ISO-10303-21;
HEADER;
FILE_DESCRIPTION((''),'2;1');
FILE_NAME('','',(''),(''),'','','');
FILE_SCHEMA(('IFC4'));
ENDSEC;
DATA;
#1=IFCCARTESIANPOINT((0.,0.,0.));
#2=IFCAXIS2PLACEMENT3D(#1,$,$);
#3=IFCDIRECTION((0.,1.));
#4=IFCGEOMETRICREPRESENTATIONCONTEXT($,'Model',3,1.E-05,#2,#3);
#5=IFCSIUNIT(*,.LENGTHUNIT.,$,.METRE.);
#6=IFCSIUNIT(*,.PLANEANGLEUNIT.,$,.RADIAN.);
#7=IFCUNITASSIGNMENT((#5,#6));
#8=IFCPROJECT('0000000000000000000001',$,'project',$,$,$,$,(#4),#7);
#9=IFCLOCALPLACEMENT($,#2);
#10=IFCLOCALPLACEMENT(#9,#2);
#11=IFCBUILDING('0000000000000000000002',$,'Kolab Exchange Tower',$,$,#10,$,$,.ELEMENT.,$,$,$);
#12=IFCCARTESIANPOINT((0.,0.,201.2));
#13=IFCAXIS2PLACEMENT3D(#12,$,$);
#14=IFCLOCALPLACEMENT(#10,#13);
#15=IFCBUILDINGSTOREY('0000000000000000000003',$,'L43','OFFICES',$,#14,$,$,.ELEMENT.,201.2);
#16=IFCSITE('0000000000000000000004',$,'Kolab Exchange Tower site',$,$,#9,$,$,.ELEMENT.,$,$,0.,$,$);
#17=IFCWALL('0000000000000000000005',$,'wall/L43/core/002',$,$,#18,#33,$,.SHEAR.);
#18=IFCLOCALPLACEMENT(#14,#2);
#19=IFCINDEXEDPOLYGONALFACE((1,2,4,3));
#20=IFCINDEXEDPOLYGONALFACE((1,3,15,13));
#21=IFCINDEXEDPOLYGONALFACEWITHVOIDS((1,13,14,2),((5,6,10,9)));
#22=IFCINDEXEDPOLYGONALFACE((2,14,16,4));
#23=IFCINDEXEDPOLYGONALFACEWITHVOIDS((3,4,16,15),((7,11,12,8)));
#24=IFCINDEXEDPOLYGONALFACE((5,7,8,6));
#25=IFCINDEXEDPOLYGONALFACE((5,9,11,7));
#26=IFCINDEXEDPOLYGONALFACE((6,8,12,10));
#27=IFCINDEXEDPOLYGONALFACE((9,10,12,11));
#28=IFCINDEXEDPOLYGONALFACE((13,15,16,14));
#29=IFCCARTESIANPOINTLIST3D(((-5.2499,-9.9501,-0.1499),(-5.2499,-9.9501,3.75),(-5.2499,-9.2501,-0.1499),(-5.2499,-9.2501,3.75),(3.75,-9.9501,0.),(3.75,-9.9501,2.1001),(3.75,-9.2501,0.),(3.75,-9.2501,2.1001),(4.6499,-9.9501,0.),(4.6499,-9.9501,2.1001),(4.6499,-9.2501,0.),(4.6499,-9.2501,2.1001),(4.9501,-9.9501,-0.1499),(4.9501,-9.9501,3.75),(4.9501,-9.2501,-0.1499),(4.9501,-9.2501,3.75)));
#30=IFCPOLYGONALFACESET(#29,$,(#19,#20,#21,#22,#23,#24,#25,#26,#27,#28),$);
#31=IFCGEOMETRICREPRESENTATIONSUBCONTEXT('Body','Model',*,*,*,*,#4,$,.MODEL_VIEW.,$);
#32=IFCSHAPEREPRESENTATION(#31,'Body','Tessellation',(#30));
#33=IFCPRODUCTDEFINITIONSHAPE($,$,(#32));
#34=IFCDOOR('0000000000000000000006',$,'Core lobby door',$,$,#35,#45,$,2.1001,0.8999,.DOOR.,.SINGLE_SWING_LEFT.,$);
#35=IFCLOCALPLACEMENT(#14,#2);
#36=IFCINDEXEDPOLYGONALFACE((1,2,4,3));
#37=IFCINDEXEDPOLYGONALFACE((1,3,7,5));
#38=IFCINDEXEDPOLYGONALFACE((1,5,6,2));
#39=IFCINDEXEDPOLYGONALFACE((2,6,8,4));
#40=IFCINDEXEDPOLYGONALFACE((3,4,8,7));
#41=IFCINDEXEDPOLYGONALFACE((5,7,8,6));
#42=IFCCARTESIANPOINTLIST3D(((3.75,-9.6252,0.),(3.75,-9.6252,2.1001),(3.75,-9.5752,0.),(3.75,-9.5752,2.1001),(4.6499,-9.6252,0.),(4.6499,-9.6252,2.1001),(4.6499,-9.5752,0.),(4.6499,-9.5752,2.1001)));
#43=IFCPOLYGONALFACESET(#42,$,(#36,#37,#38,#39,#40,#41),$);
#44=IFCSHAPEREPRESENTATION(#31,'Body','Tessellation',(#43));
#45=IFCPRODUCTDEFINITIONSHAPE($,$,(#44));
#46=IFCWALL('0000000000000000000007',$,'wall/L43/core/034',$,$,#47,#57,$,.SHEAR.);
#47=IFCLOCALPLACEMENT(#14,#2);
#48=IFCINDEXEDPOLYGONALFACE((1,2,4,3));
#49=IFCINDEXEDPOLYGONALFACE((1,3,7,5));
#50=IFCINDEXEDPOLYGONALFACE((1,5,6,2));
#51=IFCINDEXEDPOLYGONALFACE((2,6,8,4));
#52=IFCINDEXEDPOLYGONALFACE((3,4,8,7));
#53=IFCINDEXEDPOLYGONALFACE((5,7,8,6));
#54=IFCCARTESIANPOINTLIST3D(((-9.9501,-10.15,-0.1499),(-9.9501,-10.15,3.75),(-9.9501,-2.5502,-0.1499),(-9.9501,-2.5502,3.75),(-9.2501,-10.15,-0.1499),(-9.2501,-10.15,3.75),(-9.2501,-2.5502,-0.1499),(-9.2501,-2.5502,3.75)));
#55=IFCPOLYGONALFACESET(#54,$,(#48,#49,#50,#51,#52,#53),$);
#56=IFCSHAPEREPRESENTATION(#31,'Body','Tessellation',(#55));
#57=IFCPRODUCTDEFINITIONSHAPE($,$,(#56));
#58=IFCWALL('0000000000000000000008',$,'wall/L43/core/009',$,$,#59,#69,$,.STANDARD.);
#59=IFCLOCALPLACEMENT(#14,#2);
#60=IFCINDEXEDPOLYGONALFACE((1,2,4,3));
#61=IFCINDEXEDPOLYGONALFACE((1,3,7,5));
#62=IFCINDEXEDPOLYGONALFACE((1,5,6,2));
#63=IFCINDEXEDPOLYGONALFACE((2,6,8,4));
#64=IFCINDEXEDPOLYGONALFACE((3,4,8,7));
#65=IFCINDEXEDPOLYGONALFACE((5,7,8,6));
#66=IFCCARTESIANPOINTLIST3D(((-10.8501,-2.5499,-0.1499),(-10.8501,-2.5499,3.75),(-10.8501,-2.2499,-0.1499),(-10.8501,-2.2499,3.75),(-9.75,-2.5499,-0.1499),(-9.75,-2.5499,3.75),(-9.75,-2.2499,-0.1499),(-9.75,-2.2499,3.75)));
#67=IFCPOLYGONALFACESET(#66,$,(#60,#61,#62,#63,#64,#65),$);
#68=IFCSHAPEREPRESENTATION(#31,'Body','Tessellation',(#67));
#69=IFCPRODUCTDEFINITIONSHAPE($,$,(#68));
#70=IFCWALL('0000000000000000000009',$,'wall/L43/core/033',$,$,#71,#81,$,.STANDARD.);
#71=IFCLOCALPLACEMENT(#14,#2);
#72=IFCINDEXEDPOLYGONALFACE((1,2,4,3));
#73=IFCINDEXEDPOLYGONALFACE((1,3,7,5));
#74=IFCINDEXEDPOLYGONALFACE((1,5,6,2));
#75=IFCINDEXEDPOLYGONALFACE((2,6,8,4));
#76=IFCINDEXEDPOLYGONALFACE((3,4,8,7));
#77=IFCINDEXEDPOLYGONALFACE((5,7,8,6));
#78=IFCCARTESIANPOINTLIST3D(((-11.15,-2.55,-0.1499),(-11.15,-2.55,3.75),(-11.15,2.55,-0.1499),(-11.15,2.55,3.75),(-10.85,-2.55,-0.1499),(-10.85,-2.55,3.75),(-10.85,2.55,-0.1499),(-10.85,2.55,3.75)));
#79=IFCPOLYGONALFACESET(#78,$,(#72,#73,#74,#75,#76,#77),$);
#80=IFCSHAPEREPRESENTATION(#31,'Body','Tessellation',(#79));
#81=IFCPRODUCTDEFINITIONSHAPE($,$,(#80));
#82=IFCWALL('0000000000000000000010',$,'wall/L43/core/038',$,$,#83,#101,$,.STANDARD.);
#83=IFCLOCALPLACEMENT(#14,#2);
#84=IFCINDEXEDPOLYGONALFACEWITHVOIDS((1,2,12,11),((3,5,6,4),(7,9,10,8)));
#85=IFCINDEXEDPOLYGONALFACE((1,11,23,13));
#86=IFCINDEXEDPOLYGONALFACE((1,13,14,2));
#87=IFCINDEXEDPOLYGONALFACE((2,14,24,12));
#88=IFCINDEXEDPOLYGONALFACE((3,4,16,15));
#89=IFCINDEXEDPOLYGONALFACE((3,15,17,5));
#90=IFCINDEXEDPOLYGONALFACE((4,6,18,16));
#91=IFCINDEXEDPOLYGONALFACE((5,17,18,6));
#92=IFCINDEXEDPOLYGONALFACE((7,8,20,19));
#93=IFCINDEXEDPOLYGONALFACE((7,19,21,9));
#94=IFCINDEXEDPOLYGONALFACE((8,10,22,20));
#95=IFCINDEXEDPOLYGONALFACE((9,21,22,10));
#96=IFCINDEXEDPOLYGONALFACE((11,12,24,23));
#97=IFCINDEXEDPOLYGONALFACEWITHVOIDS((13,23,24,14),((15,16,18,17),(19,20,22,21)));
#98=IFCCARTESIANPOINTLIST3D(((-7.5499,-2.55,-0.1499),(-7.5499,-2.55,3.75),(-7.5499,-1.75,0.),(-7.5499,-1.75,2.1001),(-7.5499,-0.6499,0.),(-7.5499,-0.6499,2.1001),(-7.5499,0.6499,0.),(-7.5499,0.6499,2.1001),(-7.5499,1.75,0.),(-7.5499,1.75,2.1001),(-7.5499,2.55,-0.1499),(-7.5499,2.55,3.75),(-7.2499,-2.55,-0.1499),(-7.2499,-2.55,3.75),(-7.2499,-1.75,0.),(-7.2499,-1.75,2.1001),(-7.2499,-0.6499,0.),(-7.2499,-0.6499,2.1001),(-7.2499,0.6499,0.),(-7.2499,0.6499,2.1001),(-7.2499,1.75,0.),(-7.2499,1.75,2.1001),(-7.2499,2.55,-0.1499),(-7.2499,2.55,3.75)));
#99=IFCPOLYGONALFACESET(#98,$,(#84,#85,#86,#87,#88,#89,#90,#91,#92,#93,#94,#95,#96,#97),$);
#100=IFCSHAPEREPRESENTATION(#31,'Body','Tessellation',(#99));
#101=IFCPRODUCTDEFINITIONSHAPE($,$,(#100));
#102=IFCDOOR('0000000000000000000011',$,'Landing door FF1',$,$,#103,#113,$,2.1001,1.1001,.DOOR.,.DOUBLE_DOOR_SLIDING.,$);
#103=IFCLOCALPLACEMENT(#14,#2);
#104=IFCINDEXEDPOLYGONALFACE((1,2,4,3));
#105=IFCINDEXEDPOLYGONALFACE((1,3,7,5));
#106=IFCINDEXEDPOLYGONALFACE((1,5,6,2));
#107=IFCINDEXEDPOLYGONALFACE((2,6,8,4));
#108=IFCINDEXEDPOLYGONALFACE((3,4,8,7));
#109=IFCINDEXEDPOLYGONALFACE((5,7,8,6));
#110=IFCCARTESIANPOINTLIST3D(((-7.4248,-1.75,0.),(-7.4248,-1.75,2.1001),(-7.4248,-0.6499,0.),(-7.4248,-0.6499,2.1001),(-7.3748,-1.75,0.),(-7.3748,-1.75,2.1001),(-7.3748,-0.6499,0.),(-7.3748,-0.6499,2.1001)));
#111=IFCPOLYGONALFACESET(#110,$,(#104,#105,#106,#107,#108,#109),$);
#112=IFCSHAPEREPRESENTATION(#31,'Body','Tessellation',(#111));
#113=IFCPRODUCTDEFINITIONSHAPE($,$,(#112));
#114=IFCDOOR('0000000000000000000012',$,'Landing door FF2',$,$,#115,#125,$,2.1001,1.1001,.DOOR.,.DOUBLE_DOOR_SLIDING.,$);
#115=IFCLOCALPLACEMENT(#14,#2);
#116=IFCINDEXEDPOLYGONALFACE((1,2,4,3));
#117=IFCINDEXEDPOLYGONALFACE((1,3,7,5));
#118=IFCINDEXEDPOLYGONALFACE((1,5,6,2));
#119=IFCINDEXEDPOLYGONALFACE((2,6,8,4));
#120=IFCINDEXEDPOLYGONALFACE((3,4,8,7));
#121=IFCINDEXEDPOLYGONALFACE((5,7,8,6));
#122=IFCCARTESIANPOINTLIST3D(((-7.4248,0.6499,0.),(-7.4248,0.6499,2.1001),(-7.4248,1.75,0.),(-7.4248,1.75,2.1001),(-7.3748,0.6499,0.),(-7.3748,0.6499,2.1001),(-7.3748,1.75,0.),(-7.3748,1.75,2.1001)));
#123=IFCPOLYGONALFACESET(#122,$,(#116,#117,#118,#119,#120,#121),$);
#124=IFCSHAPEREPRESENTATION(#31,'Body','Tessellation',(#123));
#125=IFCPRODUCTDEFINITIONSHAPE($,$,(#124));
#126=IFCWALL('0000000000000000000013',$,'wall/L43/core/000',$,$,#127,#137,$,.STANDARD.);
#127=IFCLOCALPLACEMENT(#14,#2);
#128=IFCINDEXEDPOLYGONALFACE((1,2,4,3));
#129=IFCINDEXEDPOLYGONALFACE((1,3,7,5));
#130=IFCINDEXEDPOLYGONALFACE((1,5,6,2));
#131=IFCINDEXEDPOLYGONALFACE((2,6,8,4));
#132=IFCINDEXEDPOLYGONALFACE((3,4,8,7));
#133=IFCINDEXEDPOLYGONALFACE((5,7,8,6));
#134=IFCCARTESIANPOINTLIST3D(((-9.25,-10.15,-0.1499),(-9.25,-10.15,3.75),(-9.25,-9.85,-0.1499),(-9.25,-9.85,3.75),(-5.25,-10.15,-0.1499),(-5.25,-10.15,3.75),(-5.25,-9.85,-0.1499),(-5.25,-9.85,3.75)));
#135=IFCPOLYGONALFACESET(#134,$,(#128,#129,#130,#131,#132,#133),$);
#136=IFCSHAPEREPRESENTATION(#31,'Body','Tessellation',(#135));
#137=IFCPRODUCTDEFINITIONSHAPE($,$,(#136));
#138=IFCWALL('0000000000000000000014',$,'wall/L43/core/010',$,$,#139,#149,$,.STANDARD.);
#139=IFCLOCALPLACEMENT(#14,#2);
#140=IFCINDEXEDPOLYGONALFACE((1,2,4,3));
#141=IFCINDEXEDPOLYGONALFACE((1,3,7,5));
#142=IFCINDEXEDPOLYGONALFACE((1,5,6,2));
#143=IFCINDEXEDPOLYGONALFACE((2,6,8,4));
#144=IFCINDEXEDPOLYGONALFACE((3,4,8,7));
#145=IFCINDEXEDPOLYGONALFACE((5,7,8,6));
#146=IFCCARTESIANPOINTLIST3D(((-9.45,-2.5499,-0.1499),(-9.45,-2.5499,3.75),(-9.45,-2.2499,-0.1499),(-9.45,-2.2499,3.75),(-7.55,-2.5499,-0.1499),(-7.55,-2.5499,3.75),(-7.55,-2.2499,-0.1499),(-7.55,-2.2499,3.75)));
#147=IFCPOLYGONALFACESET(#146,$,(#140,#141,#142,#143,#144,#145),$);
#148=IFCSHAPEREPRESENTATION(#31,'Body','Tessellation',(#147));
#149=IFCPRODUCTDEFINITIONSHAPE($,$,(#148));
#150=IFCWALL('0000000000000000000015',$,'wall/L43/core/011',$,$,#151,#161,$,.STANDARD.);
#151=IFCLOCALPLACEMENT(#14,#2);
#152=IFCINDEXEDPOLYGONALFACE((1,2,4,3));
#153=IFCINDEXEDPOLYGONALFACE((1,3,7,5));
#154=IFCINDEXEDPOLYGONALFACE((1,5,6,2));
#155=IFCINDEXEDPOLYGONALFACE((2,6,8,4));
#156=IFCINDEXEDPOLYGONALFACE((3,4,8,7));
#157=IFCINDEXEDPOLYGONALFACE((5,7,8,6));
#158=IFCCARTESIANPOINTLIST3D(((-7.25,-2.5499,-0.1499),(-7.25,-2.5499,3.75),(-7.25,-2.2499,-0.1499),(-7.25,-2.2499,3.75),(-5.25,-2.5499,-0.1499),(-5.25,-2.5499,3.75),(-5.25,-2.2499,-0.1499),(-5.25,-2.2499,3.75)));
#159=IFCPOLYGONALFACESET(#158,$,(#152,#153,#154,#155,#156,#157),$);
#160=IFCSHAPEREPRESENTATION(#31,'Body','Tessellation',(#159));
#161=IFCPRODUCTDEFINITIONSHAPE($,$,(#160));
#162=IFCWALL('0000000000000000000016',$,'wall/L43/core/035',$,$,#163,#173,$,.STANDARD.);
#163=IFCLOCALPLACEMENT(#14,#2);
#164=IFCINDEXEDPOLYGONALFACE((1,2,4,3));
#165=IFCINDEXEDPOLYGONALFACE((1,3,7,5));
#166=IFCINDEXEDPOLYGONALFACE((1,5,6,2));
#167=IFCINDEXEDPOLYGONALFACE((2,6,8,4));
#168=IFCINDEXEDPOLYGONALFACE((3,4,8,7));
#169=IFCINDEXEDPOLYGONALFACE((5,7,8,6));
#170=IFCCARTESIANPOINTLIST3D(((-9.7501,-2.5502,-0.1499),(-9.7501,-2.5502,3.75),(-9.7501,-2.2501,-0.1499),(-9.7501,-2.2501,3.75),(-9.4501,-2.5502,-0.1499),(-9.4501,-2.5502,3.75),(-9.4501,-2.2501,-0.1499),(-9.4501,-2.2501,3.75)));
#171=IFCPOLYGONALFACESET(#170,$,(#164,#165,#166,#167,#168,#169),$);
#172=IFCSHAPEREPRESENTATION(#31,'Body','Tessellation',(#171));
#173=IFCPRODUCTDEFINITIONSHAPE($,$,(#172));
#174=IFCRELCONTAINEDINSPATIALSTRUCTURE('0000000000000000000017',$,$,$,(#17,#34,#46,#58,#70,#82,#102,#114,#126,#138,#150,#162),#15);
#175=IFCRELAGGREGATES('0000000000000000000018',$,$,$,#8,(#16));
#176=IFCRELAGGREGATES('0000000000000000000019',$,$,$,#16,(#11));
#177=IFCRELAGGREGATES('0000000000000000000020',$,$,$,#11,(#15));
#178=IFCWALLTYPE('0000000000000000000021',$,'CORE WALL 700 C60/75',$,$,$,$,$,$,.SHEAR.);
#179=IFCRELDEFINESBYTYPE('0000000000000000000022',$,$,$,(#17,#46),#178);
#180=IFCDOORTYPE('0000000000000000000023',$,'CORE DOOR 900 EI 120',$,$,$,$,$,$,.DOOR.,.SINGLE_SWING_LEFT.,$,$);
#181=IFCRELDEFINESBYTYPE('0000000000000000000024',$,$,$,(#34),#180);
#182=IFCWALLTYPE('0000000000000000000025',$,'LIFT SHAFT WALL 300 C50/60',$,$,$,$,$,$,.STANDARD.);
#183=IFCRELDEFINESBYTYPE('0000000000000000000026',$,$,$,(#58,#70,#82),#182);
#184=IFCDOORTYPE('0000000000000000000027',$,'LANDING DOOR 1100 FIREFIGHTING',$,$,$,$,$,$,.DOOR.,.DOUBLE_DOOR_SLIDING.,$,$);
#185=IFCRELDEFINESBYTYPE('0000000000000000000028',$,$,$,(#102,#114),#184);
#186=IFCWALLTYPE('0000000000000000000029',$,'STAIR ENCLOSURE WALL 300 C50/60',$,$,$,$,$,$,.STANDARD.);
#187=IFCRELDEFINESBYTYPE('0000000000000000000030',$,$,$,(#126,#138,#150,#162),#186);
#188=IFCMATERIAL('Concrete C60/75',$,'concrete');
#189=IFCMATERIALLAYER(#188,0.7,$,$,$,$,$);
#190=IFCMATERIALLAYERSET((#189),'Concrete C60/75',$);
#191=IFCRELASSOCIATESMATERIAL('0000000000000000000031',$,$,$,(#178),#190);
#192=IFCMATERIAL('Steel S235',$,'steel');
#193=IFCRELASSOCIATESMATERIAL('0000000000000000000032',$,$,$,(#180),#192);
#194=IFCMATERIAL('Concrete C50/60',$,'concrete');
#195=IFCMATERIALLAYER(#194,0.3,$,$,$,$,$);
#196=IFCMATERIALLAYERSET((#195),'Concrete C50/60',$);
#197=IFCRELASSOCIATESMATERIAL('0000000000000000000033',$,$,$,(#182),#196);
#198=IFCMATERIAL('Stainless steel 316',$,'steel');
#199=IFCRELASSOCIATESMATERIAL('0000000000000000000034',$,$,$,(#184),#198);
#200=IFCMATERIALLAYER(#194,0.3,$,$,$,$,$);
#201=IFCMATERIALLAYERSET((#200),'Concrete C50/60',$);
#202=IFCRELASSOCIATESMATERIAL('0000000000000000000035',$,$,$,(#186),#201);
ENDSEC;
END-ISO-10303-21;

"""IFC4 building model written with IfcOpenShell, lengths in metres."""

from ifc_helpers import new_model, si_unit, direction, frame, frame_2d, origin, place, context, subcontext, project, spatial, rectangle, extrude, material, layer, layer_set, type_object, element, fill, save


model = new_model("IFC4")

# Units and contexts
model_context = context("Model", 3, precision=1e-05, world=origin(), true_north=direction((0.0, 1.0)))
body_context = subcontext(model_context, "Body", "Model", "MODEL_VIEW")
ifc_project = project(units=[si_unit("LENGTHUNIT", "METRE"), si_unit("PLANEANGLEUNIT", "RADIAN")], contexts=[model_context])

# Site, building, storey
site_placement = place(None, origin())
site = spatial("IfcSite", under=ifc_project, at=site_placement, Name="Kolab Exchange Tower site", CompositionType="ELEMENT", RefElevation=0.0)
building_placement = place(site_placement, origin())
building = spatial("IfcBuilding", under=site, at=building_placement, Name="Kolab Exchange Tower", CompositionType="ELEMENT")
storey_placement = place(building_placement, frame((0.0, 0.0, 201.2)))
storey = spatial("IfcBuildingStorey", under=building, at=storey_placement, Name="L43", Description="OFFICES", CompositionType="ELEMENT", Elevation=201.2)

# Wall, opening, door
ifc_material_1 = material(Name="Concrete C60/75", Category="concrete")
ifc_layer_1 = layer(ifc_material_1, 0.7)
ifc_layer_set_1 = layer_set([ifc_layer_1], Name="Concrete C60/75")
wall_type_1 = type_object("IfcWallType", Name="CORE WALL 700 C60/75", PredefinedType="SHEAR", material=ifc_layer_set_1)
wall_1_placement = place(storey_placement, frame((-5.25, -9.6001, -0.1499), z_axis=(0.0, 0.0, 1.0), x_axis=(1.0, 0.0, 0.0)))
wall_1 = element("IfcWall", 1, at=wall_1_placement, inside=storey, type_object=wall_type_1, Name="wall/L43/core/002", PredefinedType="SHEAR", context=body_context, shape_type="SweptSolid", body=[
    extrude(rectangle(XDim=10.2, YDim=0.7, at=frame_2d((5.1001, 0.0))), origin(), (0.0, 0.0, 1.0), 3.8999),
])
opening_1_placement = place(wall_1_placement, frame((9.0, 0.0, 0.1499)))
opening_1 = element("IfcOpeningElement", 2, at=opening_1_placement, cuts=wall_1, PredefinedType="OPENING", context=body_context, shape_type="SweptSolid", body=[
    extrude(rectangle(XDim=0.8999, YDim=2.1001, at=frame_2d((0.45, 1.05))), frame((0.0, 0.3599, 0.0), z_axis=(0.0, -1.0, 0.0), x_axis=(1.0, 0.0, 0.0)), (0.0, 0.0, 1.0), 0.72),
])
ifc_material_2 = material(Name="Steel S235", Category="steel")
door_type_1 = type_object("IfcDoorType", Name="CORE DOOR 900 EI 120", OperationType="SINGLE_SWING_LEFT", PredefinedType="DOOR", material=ifc_material_2)
door_1_placement = place(opening_1_placement, origin())
door_1 = element("IfcDoor", 3, at=door_1_placement, inside=storey, type_object=door_type_1, Name="Core lobby door", OperationType="SINGLE_SWING_LEFT", OverallHeight=2.1001, OverallWidth=0.8999, PredefinedType="DOOR", context=body_context, shape_type="SweptSolid", body=[
    extrude(rectangle(XDim=0.8999, YDim=2.1001, at=frame_2d((0.45, 1.05))), frame((0.0, 0.0249, 0.0), z_axis=(0.0, -1.0, 0.0), x_axis=(1.0, 0.0, 0.0)), (0.0, 0.0, 1.0), 0.05),
])
fill(opening_1, door_1)

# Walls
wall_2_placement = place(storey_placement, frame((-9.6001, -10.1499, -0.1499), z_axis=(0.0, 0.0, 1.0), x_axis=(0.0, 1.0, 0.0)))
element("IfcWall", 4, at=wall_2_placement, inside=storey, type_object=wall_type_1, Name="wall/L43/core/034", PredefinedType="SHEAR", context=body_context, shape_type="SweptSolid", body=[
    extrude(rectangle(XDim=7.5999, YDim=0.7, at=frame_2d((3.7998, 0.0))), origin(), (0.0, 0.0, 1.0), 3.8999),
])
ifc_material_3 = material(Name="Concrete C50/60", Category="concrete")
ifc_layer_2 = layer(ifc_material_3, 0.3)
ifc_layer_set_2 = layer_set([ifc_layer_2], Name="Concrete C50/60")
wall_type_2 = type_object("IfcWallType", Name="LIFT SHAFT WALL 300 C50/60", PredefinedType="STANDARD", material=ifc_layer_set_2)
wall_3_placement = place(storey_placement, frame((-10.8501, -2.3999, -0.1499), z_axis=(0.0, 0.0, 1.0), x_axis=(1.0, 0.0, 0.0)))
element("IfcWall", 5, at=wall_3_placement, inside=storey, type_object=wall_type_2, Name="wall/L43/core/009", PredefinedType="STANDARD", context=body_context, shape_type="SweptSolid", body=[
    extrude(rectangle(XDim=1.1001, YDim=0.3, at=frame_2d((0.55, 0.0))), origin(), (0.0, 0.0, 1.0), 3.8999),
])
wall_4_placement = place(storey_placement, frame((-11.0, -2.55, -0.1499), z_axis=(0.0, 0.0, 1.0), x_axis=(0.0, 1.0, 0.0)))
element("IfcWall", 6, at=wall_4_placement, inside=storey, type_object=wall_type_2, Name="wall/L43/core/033", PredefinedType="STANDARD", context=body_context, shape_type="SweptSolid", body=[
    extrude(rectangle(XDim=5.1001, YDim=0.3, at=frame_2d((2.55, 0.0))), origin(), (0.0, 0.0, 1.0), 3.8999),
])

# Wall, openings, doors
wall_5_placement = place(storey_placement, frame((-7.3999, -2.55, -0.1499), z_axis=(0.0, 0.0, 1.0), x_axis=(0.0, 1.0, 0.0)))
wall_5 = element("IfcWall", 7, at=wall_5_placement, inside=storey, type_object=wall_type_2, Name="wall/L43/core/038", PredefinedType="STANDARD", context=body_context, shape_type="SweptSolid", body=[
    extrude(rectangle(XDim=5.1001, YDim=0.3, at=frame_2d((2.55, 0.0))), origin(), (0.0, 0.0, 1.0), 3.8999),
])
opening_2_placement = place(wall_5_placement, frame((0.8, 0.0, 0.1499)))
opening_2 = element("IfcOpeningElement", 8, at=opening_2_placement, cuts=wall_5, PredefinedType="OPENING", context=body_context, shape_type="SweptSolid", body=[
    extrude(rectangle(XDim=1.1001, YDim=2.1001, at=frame_2d((0.55, 1.05))), frame((0.0, 0.1602, 0.0), z_axis=(0.0, -1.0, 0.0), x_axis=(1.0, 0.0, 0.0)), (0.0, 0.0, 1.0), 0.3201),
])
opening_3_placement = place(wall_5_placement, frame((3.2, 0.0, 0.1499)))
opening_3 = element("IfcOpeningElement", 9, at=opening_3_placement, cuts=wall_5, PredefinedType="OPENING", context=body_context, shape_type="SweptSolid", body=[
    extrude(rectangle(XDim=1.1001, YDim=2.1001, at=frame_2d((0.55, 1.05))), frame((0.0, 0.1602, 0.0), z_axis=(0.0, -1.0, 0.0), x_axis=(1.0, 0.0, 0.0)), (0.0, 0.0, 1.0), 0.3201),
])
ifc_material_4 = material(Name="Stainless steel 316", Category="steel")
door_type_2 = type_object("IfcDoorType", Name="LANDING DOOR 1100 FIREFIGHTING", OperationType="DOUBLE_DOOR_SLIDING", PredefinedType="DOOR", material=ifc_material_4)
door_2_placement = place(opening_2_placement, origin())
door_2 = element("IfcDoor", 10, at=door_2_placement, inside=storey, type_object=door_type_2, Name="Landing door FF1", OperationType="DOUBLE_DOOR_SLIDING", OverallHeight=2.1001, OverallWidth=1.1001, PredefinedType="DOOR", context=body_context, shape_type="SweptSolid", body=[
    extrude(rectangle(XDim=1.1001, YDim=2.1001, at=frame_2d((0.55, 1.05))), frame((0.0, 0.0249, 0.0), z_axis=(0.0, -1.0, 0.0), x_axis=(1.0, 0.0, 0.0)), (0.0, 0.0, 1.0), 0.05),
])
fill(opening_2, door_2)
door_3_placement = place(opening_3_placement, origin())
door_3 = element("IfcDoor", 11, at=door_3_placement, inside=storey, type_object=door_type_2, Name="Landing door FF2", OperationType="DOUBLE_DOOR_SLIDING", OverallHeight=2.1001, OverallWidth=1.1001, PredefinedType="DOOR", context=body_context, shape_type="SweptSolid", body=[
    extrude(rectangle(XDim=1.1001, YDim=2.1001, at=frame_2d((0.55, 1.05))), frame((0.0, 0.0249, 0.0), z_axis=(0.0, -1.0, 0.0), x_axis=(1.0, 0.0, 0.0)), (0.0, 0.0, 1.0), 0.05),
])
fill(opening_3, door_3)

# Walls
ifc_layer_3 = layer(ifc_material_3, 0.3)
ifc_layer_set_3 = layer_set([ifc_layer_3], Name="Concrete C50/60")
wall_type_3 = type_object("IfcWallType", Name="STAIR ENCLOSURE WALL 300 C50/60", PredefinedType="STANDARD", material=ifc_layer_set_3)
wall_6_placement = place(storey_placement, frame((-9.25, -10.0, -0.1499), z_axis=(0.0, 0.0, 1.0), x_axis=(1.0, 0.0, 0.0)))
element("IfcWall", 12, at=wall_6_placement, inside=storey, type_object=wall_type_3, Name="wall/L43/core/000", PredefinedType="STANDARD", context=body_context, shape_type="SweptSolid", body=[
    extrude(rectangle(XDim=4.0, YDim=0.3, at=frame_2d((2.0, 0.0))), origin(), (0.0, 0.0, 1.0), 3.8999),
])
wall_7_placement = place(storey_placement, frame((-9.45, -2.3999, -0.1499), z_axis=(0.0, 0.0, 1.0), x_axis=(1.0, 0.0, 0.0)))
element("IfcWall", 13, at=wall_7_placement, inside=storey, type_object=wall_type_3, Name="wall/L43/core/010", PredefinedType="STANDARD", context=body_context, shape_type="SweptSolid", body=[
    extrude(rectangle(XDim=1.8999, YDim=0.3, at=frame_2d((0.95, 0.0))), origin(), (0.0, 0.0, 1.0), 3.8999),
])
wall_8_placement = place(storey_placement, frame((-7.25, -2.3999, -0.1499), z_axis=(0.0, 0.0, 1.0), x_axis=(1.0, 0.0, 0.0)))
element("IfcWall", 14, at=wall_8_placement, inside=storey, type_object=wall_type_3, Name="wall/L43/core/011", PredefinedType="STANDARD", context=body_context, shape_type="SweptSolid", body=[
    extrude(rectangle(XDim=2.0, YDim=0.3, at=frame_2d((1.0, 0.0))), origin(), (0.0, 0.0, 1.0), 3.8999),
])
wall_9_placement = place(storey_placement, frame((-9.6001, -2.55, -0.1499), z_axis=(0.0, 0.0, 1.0), x_axis=(0.0, 1.0, 0.0)))
element("IfcWall", 15, at=wall_9_placement, inside=storey, type_object=wall_type_3, Name="wall/L43/core/035", PredefinedType="STANDARD", context=body_context, shape_type="SweptSolid", body=[
    extrude(rectangle(XDim=0.3, YDim=0.3, at=frame_2d((0.1499, 0.0))), origin(), (0.0, 0.0, 1.0), 3.8999),
])

save(model, "model.ifc")
